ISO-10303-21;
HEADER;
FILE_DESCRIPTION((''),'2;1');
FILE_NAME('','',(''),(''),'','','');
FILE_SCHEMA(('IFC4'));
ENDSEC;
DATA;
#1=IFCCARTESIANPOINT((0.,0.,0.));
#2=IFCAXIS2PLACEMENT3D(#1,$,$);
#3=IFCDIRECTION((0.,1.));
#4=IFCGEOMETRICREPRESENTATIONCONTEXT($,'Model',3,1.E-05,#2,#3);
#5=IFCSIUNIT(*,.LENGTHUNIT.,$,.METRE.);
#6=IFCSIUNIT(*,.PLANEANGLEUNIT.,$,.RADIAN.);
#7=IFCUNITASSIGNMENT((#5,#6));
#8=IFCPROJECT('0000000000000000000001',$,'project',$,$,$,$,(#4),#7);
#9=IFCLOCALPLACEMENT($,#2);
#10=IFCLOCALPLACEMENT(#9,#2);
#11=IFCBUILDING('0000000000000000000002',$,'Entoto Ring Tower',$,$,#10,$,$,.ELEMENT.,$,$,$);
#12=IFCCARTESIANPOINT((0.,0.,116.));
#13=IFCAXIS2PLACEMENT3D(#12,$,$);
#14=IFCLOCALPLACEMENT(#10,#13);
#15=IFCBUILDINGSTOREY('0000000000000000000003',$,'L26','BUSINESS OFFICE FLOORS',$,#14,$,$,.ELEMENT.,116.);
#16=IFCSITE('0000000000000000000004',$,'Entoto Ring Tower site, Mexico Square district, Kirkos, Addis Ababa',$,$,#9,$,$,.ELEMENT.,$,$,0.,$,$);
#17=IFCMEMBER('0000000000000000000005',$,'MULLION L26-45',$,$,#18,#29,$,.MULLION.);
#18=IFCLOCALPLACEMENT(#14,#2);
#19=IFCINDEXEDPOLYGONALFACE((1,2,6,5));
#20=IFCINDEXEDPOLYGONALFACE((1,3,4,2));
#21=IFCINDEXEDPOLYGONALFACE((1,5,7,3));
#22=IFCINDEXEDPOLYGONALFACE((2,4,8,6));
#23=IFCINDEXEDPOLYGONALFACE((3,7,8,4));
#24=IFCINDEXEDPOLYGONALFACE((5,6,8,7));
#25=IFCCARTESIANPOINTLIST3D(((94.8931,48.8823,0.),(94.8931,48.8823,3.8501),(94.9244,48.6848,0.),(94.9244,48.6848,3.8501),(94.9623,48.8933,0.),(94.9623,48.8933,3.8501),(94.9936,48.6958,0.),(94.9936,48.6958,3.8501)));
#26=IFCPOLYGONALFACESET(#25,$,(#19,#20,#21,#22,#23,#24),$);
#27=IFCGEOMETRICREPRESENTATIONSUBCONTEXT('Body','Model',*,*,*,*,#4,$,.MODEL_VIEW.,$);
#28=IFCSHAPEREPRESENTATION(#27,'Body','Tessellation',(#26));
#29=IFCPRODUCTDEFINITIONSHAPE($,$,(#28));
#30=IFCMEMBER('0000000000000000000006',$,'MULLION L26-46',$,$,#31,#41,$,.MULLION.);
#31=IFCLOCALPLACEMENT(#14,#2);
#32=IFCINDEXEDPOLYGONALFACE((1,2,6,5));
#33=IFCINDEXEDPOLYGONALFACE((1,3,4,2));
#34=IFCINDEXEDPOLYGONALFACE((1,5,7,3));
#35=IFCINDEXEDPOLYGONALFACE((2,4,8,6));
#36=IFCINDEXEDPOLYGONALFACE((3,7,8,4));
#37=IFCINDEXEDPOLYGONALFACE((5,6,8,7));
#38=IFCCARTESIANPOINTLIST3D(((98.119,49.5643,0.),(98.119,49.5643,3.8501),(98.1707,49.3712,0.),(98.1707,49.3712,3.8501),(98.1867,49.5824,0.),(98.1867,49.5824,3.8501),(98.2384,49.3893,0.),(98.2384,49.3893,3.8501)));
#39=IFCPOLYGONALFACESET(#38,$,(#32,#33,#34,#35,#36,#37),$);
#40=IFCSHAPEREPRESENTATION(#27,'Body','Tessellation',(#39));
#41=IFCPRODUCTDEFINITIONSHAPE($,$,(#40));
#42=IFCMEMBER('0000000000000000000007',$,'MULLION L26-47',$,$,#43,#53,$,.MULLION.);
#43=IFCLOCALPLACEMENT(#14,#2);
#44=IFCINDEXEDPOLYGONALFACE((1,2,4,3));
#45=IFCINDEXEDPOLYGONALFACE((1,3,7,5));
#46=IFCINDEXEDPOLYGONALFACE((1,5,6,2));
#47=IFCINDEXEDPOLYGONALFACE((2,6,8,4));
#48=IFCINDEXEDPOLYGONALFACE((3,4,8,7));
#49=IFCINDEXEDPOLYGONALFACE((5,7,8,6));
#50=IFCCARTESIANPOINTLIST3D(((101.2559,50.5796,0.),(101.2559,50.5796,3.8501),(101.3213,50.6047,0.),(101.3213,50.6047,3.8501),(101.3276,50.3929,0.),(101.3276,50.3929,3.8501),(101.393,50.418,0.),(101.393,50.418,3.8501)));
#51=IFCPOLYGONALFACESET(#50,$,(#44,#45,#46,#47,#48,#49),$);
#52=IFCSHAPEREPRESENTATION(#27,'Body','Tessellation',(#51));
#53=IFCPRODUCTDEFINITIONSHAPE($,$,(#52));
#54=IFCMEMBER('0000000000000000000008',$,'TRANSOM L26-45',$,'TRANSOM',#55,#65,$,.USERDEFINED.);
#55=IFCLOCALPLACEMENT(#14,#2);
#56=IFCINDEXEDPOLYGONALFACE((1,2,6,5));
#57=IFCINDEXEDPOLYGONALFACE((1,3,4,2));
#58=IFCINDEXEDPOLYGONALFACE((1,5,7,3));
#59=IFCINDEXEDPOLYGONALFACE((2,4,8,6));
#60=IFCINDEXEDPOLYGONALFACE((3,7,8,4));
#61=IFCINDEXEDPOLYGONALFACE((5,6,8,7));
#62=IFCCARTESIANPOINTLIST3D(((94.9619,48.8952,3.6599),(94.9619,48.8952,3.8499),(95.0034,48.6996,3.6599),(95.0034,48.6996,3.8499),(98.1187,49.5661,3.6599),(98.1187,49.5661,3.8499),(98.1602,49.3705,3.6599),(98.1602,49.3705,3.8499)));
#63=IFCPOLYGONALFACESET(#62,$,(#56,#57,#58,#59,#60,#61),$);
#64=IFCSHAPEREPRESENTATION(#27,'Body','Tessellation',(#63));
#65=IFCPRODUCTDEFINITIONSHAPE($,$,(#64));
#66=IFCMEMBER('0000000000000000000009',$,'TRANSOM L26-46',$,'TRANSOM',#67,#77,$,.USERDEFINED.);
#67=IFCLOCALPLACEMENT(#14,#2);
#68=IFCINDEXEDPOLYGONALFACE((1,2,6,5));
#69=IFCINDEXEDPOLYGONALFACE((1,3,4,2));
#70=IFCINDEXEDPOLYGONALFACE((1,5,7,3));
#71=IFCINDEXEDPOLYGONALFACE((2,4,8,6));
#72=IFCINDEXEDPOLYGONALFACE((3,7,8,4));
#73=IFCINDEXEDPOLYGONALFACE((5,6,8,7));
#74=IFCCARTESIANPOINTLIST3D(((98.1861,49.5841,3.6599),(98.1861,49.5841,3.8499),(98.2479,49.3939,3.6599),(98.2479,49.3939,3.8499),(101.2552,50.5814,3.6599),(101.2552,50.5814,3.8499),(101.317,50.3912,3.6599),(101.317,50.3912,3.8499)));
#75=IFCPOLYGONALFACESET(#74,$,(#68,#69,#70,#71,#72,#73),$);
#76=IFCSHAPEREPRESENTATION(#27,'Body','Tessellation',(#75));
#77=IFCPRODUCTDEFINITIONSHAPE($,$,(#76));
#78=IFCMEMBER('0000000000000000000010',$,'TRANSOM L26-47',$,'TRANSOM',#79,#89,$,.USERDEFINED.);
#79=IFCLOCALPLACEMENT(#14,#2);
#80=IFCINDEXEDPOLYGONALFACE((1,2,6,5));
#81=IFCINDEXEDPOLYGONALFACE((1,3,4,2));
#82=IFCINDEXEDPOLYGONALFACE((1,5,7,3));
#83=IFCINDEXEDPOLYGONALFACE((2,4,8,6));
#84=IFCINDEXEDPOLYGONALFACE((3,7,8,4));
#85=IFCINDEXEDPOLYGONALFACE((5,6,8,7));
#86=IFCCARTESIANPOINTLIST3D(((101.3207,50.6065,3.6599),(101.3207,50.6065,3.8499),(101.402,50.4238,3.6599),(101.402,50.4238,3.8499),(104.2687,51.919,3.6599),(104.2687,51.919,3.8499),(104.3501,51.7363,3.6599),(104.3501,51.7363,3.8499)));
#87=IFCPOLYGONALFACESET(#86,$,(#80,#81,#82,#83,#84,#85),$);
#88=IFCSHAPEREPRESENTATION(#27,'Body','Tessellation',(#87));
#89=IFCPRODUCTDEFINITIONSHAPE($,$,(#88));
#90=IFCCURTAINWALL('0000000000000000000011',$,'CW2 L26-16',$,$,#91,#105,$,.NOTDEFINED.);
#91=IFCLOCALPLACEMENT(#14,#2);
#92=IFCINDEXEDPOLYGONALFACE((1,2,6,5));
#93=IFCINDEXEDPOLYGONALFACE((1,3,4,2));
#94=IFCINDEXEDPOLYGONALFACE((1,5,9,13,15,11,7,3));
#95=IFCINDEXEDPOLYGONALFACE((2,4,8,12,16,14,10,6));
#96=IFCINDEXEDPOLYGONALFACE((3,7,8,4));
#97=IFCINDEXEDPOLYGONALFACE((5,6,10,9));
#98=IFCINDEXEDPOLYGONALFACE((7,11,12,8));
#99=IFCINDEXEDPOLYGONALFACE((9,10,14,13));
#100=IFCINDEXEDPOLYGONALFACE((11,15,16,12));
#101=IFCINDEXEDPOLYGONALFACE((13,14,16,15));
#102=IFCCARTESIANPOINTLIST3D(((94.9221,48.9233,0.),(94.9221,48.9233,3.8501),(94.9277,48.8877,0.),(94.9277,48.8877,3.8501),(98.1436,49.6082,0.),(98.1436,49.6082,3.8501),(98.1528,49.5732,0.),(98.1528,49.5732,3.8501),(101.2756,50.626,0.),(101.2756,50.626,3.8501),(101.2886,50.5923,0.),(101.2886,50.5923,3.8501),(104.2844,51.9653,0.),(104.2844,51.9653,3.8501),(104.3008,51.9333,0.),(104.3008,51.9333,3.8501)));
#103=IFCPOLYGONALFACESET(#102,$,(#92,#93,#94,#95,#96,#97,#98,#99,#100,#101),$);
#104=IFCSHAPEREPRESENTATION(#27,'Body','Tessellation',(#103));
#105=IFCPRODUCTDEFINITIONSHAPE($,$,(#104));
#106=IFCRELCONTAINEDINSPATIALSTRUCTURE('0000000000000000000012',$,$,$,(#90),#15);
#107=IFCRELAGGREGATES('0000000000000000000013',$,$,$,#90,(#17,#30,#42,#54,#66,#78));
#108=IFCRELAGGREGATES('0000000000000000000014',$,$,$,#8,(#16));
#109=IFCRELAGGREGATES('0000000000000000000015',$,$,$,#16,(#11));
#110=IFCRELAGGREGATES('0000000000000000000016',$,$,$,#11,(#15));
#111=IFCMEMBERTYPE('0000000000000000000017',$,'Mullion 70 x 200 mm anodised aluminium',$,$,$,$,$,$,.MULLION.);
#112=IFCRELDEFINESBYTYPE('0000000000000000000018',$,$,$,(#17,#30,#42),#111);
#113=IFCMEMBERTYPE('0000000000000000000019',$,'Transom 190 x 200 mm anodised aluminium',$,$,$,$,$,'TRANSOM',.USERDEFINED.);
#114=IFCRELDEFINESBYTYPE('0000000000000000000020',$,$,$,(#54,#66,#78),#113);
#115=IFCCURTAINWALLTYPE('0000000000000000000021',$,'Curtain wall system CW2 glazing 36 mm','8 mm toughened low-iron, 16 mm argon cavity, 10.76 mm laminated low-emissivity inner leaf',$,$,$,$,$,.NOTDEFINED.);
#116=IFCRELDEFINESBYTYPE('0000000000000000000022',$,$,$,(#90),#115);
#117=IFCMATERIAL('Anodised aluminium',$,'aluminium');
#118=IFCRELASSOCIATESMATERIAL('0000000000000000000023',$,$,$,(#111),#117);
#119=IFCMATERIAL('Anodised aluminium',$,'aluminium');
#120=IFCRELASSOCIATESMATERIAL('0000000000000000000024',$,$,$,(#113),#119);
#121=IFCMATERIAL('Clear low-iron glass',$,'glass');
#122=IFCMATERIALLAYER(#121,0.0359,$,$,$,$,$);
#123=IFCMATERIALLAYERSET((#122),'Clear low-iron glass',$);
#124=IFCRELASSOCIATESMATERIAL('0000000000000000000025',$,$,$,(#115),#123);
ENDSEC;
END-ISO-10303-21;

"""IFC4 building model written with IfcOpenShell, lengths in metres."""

from ifc_helpers import new_model, si_unit, direction, frame, origin, origin_2d, place, context, subcontext, project, spatial, polyline, rectangle, outline, extrude, material, layer, layer_set, material_profile, profile_set, type_object, element, aggregate, save


model = new_model("IFC4")

# Units and contexts
model_context = context("Model", 3, precision=1e-05, world=origin(), true_north=direction((0.0, 1.0)))
body_context = subcontext(model_context, "Body", "Model", "MODEL_VIEW")
ifc_project = project(units=[si_unit("LENGTHUNIT", "METRE"), si_unit("PLANEANGLEUNIT", "RADIAN")], contexts=[model_context])

# Members
ifc_material_1 = material(Name="Anodised aluminium", Category="aluminium")
ifc_material_profile_1 = material_profile(ifc_material_1, rectangle(XDim=0.0701, YDim=0.2, at=origin_2d()), Name="Mullion 70 x 200 mm anodised aluminium")
ifc_profile_set_1 = profile_set([ifc_material_profile_1], Name="Anodised aluminium")
member_type_1 = type_object("IfcMemberType", Name="Mullion 70 x 200 mm anodised aluminium", PredefinedType="MULLION", material=ifc_profile_set_1)
site_placement = place(None, origin())
building_placement = place(site_placement, origin())
storey_placement = place(building_placement, frame((0.0, 0.0, 116.0)))
member_1_placement = place(storey_placement, frame((94.9434, 48.7891, 0.0), z_axis=(0.0, 0.0, 1.0), x_axis=(0.987688, 0.156434, 0.0)))
member_1 = element("IfcMember", 1, at=member_1_placement, type_object=member_type_1, Name="MULLION L26-45", PredefinedType="MULLION", context=body_context, shape_type="SweptSolid", body=[
    extrude(rectangle(XDim=0.0701, YDim=0.2, at=origin_2d()), origin(), (0.0, 0.0, 1.0), 3.8501),
])
member_2_placement = place(storey_placement, frame((98.1787, 49.4768, 0.0), z_axis=(0.0, 0.0, 1.0), x_axis=(0.965926, 0.258819, 0.0)))
member_2 = element("IfcMember", 2, at=member_2_placement, type_object=member_type_1, Name="MULLION L26-46", PredefinedType="MULLION", context=body_context, shape_type="SweptSolid", body=[
    extrude(rectangle(XDim=0.0701, YDim=0.2, at=origin_2d()), origin(), (0.0, 0.0, 1.0), 3.8501),
])
member_3_placement = place(storey_placement, frame((101.3245, 50.4988, 0.0), z_axis=(0.0, 0.0, 1.0), x_axis=(0.93358, 0.358368, 0.0)))
member_3 = element("IfcMember", 3, at=member_3_placement, type_object=member_type_1, Name="MULLION L26-47", PredefinedType="MULLION", context=body_context, shape_type="SweptSolid", body=[
    extrude(rectangle(XDim=0.0701, YDim=0.2, at=origin_2d()), origin(), (0.0, 0.0, 1.0), 3.8501),
])
ifc_material_2 = material(Name="Anodised aluminium", Category="aluminium")
ifc_material_profile_2 = material_profile(ifc_material_2, rectangle(XDim=0.2, YDim=0.1899, at=origin_2d()), Name="Transom 190 x 200 mm anodised aluminium")
ifc_profile_set_2 = profile_set([ifc_material_profile_2], Name="Anodised aluminium")
member_type_2 = type_object("IfcMemberType", Name="Transom 190 x 200 mm anodised aluminium", ElementType="TRANSOM", PredefinedType="USERDEFINED", material=ifc_profile_set_2)
member_4_placement = place(storey_placement, frame((94.9827, 48.7974, 3.7549), z_axis=(0.978153, 0.207886, 0.0), x_axis=(-0.207886, 0.978153, 0.0)))
member_4 = element("IfcMember", 4, at=member_4_placement, type_object=member_type_2, Name="TRANSOM L26-45", ObjectType="TRANSOM", PredefinedType="USERDEFINED", context=body_context, shape_type="SweptSolid", body=[
    extrude(rectangle(XDim=0.2, YDim=0.1899, at=origin_2d()), origin(), (0.0, 0.0, 1.0), 3.2273),
])
member_5_placement = place(storey_placement, frame((98.217, 49.489, 3.7549), z_axis=(0.951047, 0.309047, 0.0), x_axis=(-0.309047, 0.951047, 0.0)))
member_5 = element("IfcMember", 5, at=member_5_placement, type_object=member_type_2, Name="TRANSOM L26-46", ObjectType="TRANSOM", PredefinedType="USERDEFINED", context=body_context, shape_type="SweptSolid", body=[
    extrude(rectangle(XDim=0.2, YDim=0.1899, at=origin_2d()), origin(), (0.0, 0.0, 1.0), 3.2271),
])
member_6_placement = place(storey_placement, frame((101.3613, 50.5151, 3.7549), z_axis=(0.913549, 0.406728, 0.0), x_axis=(-0.406728, 0.913549, 0.0)))
member_6 = element("IfcMember", 6, at=member_6_placement, type_object=member_type_2, Name="TRANSOM L26-47", ObjectType="TRANSOM", PredefinedType="USERDEFINED", context=body_context, shape_type="SweptSolid", body=[
    extrude(rectangle(XDim=0.2, YDim=0.1899, at=origin_2d()), origin(), (0.0, 0.0, 1.0), 3.2271),
])

# Site, building, storey
site = spatial("IfcSite", under=ifc_project, at=site_placement, Name="Entoto Ring Tower site, Mexico Square district, Kirkos, Addis Ababa", CompositionType="ELEMENT", RefElevation=0.0)
building = spatial("IfcBuilding", under=site, at=building_placement, Name="Entoto Ring Tower", CompositionType="ELEMENT")
storey = spatial("IfcBuildingStorey", under=building, at=storey_placement, Name="L26", Description="BUSINESS OFFICE FLOORS", CompositionType="ELEMENT", Elevation=116.0)

# Curtain wall
ifc_material_3 = material(Name="Clear low-iron glass", Category="glass")
ifc_layer_1 = layer(ifc_material_3, 0.0359)
ifc_layer_set_1 = layer_set([ifc_layer_1], Name="Clear low-iron glass")
curtain_wall_type = type_object("IfcCurtainWallType", Name="Curtain wall system CW2 glazing 36 mm", Description="8 mm toughened low-iron, 16 mm argon cavity, 10.76 mm laminated low-emissivity inner leaf", PredefinedType="NOTDEFINED", material=ifc_layer_set_1)
curtain_wall_1_placement = place(storey_placement, origin())
curtain_wall_1 = element("IfcCurtainWall", 7, at=curtain_wall_1_placement, inside=storey, type_object=curtain_wall_type, Name="CW2 L26-16", PredefinedType="NOTDEFINED", context=body_context, shape_type="SweptSolid", body=[
    extrude(outline(polyline([(94.9277, 48.8877), (98.1528, 49.5732), (101.2886, 50.5923), (104.3008, 51.9333), (104.2844, 51.9653), (101.2756, 50.626), (98.1436, 49.6082), (94.9221, 48.9233), (94.9277, 48.8877)])), origin(), (0.0, 0.0, 1.0), 3.8501),
])
aggregate(curtain_wall_1, [member_1, member_2, member_3, member_4, member_5, member_6])

save(model, "model.ifc")
